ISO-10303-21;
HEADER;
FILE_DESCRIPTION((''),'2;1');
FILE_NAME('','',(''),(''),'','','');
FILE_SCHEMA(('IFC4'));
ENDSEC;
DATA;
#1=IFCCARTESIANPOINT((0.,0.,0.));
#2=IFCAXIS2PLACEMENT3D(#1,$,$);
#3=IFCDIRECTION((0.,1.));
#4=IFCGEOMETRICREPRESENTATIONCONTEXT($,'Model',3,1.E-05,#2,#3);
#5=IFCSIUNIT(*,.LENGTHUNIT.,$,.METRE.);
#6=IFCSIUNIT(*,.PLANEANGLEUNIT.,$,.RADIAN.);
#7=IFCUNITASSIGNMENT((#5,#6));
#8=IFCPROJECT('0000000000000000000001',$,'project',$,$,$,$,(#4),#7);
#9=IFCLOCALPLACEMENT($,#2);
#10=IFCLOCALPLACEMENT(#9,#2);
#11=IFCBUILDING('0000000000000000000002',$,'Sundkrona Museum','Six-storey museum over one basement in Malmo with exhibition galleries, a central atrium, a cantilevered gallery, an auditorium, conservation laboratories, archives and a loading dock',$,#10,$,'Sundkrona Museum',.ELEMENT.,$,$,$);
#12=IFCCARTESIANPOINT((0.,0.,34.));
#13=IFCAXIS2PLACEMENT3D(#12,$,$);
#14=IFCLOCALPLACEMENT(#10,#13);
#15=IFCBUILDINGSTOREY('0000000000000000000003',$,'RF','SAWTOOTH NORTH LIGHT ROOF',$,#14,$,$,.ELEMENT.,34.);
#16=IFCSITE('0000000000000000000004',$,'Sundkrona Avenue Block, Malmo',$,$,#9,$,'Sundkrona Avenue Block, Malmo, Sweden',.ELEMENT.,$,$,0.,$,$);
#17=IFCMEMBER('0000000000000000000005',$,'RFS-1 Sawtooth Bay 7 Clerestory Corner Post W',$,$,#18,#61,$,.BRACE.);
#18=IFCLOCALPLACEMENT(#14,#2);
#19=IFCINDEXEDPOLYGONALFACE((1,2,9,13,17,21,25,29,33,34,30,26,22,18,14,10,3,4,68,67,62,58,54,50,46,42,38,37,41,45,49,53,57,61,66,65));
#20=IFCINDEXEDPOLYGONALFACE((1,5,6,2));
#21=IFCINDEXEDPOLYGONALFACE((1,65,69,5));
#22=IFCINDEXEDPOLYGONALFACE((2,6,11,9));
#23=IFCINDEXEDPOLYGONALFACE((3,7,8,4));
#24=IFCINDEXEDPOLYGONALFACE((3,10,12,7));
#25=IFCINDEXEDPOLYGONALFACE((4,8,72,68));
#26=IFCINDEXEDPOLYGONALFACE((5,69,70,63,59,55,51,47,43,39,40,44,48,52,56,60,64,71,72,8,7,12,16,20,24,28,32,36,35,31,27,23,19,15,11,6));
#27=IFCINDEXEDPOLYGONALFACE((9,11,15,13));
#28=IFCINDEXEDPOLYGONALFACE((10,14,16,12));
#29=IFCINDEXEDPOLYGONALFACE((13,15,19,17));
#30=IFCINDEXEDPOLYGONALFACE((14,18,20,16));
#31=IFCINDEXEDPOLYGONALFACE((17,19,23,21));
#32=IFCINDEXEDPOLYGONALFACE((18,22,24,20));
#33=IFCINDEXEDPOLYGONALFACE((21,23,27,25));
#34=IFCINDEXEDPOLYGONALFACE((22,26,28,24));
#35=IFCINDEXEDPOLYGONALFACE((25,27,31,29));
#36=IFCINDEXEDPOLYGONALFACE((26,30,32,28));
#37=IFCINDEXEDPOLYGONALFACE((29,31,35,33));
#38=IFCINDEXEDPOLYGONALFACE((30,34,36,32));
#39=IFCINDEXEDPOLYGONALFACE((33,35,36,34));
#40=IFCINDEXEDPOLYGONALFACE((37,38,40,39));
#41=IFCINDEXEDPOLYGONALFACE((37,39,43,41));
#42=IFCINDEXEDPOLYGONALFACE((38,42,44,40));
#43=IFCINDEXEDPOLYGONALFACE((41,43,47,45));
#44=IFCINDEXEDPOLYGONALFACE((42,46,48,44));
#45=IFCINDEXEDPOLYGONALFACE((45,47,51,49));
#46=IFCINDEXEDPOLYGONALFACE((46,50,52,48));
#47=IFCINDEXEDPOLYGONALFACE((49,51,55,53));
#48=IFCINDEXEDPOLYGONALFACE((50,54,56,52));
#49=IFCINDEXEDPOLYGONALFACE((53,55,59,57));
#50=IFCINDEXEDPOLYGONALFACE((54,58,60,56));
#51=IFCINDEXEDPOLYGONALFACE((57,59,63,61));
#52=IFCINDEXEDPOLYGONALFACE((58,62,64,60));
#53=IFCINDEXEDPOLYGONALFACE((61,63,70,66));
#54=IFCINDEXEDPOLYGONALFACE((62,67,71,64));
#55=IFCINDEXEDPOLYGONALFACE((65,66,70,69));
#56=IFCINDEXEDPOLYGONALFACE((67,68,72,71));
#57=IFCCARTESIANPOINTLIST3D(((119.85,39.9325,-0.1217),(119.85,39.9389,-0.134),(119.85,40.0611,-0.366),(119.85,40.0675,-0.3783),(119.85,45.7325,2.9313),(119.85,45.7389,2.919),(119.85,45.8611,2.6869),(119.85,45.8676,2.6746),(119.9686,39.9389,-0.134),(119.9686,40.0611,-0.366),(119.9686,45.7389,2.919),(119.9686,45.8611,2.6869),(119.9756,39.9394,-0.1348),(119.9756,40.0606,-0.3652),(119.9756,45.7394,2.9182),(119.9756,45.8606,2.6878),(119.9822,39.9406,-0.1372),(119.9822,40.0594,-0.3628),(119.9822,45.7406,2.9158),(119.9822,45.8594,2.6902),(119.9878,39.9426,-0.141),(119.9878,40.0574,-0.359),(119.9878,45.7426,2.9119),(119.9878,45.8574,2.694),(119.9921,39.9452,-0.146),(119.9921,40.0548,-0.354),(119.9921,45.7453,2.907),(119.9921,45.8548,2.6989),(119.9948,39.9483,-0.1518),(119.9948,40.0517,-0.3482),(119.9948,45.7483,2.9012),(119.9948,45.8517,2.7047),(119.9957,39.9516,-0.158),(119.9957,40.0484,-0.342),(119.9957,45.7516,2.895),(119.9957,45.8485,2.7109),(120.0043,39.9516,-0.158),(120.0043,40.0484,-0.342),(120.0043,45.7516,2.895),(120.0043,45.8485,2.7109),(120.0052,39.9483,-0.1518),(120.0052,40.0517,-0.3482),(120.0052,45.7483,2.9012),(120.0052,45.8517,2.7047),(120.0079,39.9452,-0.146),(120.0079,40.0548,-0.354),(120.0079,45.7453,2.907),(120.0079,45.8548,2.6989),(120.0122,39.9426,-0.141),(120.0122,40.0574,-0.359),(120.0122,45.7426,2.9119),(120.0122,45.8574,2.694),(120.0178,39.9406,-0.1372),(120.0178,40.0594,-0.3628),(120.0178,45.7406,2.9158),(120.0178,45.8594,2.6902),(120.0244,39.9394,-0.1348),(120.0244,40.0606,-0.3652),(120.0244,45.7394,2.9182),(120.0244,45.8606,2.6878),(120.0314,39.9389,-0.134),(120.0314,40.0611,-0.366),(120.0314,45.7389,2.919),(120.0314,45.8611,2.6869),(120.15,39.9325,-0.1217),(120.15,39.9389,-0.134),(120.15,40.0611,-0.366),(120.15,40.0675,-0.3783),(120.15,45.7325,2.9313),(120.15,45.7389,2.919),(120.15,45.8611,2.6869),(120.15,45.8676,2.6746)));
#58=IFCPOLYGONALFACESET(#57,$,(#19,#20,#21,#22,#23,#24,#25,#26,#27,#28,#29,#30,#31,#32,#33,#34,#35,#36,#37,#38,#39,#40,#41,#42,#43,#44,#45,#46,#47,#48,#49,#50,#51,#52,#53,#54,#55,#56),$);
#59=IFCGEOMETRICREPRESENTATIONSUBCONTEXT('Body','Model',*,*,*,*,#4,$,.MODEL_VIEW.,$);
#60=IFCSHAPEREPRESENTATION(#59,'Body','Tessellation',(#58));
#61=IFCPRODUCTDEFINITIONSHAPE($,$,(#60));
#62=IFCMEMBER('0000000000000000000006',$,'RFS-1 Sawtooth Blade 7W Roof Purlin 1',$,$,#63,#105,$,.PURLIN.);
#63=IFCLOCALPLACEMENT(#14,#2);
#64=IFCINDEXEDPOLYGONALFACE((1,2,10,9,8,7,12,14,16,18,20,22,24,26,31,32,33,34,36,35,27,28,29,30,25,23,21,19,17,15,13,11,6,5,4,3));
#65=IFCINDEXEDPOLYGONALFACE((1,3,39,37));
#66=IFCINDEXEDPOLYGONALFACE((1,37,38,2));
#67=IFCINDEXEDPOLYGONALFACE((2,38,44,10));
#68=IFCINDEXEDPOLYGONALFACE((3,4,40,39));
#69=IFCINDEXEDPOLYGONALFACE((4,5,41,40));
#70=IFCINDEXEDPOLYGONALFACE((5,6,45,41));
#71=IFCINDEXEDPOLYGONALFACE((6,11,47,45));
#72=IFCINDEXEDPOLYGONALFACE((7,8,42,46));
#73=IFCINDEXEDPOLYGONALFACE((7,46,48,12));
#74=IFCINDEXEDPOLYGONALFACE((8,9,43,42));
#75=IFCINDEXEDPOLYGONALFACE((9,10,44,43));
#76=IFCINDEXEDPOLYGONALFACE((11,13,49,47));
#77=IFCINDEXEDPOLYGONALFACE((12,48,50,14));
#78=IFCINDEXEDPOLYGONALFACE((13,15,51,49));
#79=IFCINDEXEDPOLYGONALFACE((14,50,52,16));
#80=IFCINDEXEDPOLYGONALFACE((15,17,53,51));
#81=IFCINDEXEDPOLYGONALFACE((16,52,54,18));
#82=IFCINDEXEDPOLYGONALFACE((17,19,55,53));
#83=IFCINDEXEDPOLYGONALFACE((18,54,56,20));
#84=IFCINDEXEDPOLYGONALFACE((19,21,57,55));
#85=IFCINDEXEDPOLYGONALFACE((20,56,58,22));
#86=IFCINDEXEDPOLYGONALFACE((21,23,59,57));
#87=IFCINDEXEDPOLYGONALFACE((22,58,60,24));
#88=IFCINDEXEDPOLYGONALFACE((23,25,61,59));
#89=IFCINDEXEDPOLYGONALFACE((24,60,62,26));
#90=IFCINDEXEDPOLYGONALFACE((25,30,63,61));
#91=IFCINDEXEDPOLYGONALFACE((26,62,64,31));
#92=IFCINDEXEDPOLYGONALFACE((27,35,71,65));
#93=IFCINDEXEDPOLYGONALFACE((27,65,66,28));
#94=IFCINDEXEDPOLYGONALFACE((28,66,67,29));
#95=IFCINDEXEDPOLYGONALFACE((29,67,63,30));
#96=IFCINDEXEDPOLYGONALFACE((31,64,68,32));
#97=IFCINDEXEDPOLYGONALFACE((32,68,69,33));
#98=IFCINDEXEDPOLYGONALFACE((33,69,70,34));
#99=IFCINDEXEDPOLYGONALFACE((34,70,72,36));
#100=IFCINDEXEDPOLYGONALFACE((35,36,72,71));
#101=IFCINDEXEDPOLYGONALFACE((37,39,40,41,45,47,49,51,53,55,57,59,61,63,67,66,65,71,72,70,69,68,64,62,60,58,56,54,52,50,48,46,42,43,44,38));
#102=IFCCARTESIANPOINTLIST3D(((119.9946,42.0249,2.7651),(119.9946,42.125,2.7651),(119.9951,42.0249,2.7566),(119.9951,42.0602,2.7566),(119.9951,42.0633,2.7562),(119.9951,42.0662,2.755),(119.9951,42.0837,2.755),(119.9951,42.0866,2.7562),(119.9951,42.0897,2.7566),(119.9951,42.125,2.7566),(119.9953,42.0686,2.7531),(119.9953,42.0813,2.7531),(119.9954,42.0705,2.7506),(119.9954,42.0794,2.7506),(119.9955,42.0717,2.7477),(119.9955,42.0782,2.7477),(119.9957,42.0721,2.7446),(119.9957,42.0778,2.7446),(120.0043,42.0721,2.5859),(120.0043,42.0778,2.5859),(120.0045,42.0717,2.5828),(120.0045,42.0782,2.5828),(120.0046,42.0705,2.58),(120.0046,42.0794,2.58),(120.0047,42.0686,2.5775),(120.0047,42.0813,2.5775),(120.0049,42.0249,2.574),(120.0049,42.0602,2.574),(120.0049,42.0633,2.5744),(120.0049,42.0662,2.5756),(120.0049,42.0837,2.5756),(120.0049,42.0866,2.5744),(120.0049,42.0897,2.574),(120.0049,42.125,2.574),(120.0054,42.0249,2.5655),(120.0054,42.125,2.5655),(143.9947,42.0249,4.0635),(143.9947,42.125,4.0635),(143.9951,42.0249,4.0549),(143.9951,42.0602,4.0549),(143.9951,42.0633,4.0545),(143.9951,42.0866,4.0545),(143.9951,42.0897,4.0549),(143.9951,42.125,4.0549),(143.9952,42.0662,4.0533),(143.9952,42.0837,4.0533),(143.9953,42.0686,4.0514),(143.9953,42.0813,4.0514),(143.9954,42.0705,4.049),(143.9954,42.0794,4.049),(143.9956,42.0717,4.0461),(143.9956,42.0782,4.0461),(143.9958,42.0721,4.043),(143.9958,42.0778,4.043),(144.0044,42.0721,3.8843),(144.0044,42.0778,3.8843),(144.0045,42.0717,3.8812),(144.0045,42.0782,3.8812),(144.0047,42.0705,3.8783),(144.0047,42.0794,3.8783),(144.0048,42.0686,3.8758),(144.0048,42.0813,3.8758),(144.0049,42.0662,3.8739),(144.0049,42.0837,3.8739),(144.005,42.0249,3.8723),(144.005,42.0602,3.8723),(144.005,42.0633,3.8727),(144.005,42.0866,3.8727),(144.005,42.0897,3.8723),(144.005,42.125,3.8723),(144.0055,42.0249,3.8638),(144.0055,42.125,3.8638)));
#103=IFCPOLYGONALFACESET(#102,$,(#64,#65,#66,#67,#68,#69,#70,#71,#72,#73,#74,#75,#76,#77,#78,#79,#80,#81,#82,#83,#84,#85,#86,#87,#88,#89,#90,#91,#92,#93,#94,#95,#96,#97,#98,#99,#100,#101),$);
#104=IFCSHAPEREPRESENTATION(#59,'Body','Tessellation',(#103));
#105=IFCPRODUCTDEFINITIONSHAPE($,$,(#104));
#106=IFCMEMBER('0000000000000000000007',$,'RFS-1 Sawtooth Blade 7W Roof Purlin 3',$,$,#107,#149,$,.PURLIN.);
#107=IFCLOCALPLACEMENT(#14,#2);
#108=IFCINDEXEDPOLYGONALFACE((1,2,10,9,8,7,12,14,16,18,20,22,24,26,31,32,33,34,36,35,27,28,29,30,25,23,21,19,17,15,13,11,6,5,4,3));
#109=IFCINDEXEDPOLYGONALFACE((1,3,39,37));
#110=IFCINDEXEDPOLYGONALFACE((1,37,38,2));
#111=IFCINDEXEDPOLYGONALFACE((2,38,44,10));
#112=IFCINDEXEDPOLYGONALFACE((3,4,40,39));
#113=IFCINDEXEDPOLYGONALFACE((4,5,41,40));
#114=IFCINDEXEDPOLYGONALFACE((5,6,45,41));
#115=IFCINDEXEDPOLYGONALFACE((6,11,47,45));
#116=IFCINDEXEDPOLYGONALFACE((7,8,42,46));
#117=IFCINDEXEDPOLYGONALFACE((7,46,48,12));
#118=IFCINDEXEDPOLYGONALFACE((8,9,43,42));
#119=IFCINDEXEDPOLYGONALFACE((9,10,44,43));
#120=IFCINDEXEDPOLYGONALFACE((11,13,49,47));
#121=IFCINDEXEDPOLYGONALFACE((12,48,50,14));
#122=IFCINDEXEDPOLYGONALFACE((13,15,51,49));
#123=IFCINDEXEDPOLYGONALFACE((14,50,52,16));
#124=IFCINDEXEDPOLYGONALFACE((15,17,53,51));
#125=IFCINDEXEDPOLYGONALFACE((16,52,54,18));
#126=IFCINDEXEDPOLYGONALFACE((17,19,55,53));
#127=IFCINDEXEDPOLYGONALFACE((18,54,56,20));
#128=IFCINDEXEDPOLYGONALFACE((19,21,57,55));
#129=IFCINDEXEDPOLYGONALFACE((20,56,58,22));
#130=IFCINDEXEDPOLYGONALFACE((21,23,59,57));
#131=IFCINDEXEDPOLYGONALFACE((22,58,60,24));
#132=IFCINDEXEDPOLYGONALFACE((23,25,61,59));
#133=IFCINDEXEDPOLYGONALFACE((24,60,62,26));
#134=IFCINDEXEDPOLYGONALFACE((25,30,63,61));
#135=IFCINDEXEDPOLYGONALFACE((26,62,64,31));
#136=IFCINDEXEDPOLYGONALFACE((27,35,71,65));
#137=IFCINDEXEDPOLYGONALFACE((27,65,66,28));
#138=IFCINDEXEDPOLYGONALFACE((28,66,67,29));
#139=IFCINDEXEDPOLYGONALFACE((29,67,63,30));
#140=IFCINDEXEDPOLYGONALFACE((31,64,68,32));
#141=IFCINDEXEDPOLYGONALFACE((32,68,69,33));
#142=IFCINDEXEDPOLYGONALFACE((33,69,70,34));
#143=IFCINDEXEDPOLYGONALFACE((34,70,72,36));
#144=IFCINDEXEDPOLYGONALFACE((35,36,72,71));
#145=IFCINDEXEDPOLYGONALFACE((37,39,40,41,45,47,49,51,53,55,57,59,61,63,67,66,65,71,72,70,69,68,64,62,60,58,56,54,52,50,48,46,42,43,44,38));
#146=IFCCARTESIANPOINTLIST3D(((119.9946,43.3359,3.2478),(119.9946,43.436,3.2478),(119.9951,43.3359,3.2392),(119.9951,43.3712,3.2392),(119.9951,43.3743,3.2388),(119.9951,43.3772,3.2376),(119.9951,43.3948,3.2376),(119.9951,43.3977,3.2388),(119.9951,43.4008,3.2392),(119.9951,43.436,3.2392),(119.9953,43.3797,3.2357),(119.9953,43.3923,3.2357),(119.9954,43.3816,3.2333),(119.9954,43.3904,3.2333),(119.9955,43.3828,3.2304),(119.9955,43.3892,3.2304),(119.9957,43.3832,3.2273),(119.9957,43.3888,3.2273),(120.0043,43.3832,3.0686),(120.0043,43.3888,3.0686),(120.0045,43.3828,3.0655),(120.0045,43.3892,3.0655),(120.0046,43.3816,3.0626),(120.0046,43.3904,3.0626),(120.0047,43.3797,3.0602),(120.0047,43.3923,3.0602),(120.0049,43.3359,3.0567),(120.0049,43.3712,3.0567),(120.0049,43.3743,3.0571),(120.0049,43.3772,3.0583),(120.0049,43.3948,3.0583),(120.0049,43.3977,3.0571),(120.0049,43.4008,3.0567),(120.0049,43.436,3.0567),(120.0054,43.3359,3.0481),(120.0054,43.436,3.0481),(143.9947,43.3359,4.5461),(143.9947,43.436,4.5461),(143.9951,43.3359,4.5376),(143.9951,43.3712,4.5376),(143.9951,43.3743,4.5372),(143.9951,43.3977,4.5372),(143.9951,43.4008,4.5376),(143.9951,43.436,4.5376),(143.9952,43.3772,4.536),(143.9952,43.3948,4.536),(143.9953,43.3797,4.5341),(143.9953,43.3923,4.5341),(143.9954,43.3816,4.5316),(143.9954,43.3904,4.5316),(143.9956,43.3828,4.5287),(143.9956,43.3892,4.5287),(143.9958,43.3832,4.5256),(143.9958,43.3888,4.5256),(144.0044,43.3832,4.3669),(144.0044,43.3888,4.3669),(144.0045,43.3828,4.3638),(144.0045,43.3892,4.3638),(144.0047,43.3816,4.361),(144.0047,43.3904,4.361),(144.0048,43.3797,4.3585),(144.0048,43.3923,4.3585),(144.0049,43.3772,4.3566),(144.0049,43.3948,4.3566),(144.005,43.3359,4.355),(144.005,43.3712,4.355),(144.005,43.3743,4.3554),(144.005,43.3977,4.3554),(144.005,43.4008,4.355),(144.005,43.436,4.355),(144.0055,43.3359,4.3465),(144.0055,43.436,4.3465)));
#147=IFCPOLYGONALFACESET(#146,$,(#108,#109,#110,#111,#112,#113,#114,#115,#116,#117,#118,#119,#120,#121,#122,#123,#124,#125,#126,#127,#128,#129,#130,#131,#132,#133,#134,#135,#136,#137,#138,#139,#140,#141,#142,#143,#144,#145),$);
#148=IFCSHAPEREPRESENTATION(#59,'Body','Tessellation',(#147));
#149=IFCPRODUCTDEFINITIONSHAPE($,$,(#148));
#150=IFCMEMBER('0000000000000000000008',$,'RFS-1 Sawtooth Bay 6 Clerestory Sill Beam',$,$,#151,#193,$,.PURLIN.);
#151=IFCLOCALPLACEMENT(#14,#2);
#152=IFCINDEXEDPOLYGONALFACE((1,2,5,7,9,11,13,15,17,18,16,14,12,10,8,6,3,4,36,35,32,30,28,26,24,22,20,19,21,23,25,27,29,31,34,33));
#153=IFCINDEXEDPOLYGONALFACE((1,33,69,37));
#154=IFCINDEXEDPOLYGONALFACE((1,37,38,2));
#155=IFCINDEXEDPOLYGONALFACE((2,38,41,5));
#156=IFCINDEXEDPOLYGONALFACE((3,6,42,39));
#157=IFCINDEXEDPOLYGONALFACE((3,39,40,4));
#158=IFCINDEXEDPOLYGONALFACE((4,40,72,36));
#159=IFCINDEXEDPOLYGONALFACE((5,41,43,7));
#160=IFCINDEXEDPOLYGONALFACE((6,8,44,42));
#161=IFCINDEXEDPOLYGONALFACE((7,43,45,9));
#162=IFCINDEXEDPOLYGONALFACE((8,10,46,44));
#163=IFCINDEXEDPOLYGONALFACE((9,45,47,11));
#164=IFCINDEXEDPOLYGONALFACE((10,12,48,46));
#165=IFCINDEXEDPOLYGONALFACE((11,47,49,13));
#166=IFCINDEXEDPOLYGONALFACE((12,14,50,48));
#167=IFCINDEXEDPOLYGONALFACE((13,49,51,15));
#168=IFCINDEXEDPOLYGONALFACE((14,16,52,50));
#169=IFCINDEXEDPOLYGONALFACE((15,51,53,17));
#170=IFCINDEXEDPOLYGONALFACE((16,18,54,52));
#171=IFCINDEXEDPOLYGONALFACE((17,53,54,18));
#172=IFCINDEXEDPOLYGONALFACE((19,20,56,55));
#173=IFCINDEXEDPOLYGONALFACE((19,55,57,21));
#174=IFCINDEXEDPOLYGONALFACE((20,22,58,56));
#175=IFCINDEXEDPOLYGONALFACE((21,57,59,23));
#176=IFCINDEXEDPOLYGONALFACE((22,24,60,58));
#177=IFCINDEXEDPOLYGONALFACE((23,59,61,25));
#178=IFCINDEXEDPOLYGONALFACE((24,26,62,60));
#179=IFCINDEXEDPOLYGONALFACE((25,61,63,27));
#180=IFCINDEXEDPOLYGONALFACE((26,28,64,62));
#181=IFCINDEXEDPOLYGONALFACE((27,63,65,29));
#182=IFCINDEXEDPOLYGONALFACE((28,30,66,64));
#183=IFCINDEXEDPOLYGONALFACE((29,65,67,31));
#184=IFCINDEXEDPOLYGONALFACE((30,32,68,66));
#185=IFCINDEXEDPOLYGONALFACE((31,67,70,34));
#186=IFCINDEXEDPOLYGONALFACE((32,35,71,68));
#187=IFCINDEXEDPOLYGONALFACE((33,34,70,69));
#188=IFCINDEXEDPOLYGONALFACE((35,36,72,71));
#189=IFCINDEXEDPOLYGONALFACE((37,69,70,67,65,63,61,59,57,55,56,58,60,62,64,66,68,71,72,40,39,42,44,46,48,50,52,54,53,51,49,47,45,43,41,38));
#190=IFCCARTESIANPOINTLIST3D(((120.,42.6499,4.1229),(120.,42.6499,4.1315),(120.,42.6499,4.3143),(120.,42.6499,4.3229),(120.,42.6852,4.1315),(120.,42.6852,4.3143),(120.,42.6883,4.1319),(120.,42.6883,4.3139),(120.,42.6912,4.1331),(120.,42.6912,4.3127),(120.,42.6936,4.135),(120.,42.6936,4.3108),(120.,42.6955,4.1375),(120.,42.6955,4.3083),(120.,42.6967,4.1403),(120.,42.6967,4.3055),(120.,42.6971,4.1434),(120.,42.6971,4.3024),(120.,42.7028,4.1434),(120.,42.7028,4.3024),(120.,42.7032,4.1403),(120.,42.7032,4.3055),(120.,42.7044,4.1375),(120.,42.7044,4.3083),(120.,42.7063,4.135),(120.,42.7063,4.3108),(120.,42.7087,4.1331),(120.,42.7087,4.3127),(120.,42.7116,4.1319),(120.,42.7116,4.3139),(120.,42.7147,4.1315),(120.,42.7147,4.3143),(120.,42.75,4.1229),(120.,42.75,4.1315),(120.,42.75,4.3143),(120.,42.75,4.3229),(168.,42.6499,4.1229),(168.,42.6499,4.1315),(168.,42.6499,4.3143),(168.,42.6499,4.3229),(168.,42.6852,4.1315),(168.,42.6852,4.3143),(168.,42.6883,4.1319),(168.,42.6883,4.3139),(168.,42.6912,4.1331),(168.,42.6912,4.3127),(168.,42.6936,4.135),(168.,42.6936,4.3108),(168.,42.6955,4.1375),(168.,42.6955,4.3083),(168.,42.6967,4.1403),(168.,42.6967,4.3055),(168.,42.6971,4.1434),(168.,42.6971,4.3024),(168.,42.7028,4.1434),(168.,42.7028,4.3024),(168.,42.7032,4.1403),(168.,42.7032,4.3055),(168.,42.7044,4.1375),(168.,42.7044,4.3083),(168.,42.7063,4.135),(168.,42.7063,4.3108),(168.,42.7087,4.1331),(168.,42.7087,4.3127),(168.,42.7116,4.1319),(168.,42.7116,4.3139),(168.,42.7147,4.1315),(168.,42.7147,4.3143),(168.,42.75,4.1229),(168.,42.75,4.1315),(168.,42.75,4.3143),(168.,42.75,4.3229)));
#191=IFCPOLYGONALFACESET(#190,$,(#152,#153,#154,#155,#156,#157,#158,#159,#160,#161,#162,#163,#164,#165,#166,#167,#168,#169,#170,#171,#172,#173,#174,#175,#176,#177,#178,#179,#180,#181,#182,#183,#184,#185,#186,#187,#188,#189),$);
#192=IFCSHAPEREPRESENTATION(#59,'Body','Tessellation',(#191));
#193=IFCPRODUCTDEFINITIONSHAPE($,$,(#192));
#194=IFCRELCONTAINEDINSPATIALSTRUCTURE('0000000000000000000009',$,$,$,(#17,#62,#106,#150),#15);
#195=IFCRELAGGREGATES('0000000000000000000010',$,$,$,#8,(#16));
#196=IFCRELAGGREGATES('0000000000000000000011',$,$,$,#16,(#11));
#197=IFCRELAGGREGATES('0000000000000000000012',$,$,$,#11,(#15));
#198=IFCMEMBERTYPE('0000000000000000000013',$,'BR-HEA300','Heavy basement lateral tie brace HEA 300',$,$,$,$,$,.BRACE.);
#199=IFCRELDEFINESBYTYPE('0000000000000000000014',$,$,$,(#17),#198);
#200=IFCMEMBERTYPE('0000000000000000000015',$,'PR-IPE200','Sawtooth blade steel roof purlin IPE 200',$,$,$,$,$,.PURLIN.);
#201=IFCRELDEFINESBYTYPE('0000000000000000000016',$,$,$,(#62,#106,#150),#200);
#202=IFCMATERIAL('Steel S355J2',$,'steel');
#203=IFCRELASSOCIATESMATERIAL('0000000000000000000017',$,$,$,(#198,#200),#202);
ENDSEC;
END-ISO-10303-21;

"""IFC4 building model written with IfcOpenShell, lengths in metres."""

from ifc_helpers import new_model, si_unit, direction, frame, origin, origin_2d, place, context, subcontext, project, spatial, i_section, extrude, material, material_profile, profile_set, type_object, element, save


model = new_model("IFC4")

# Units and contexts
model_context = context("Model", 3, precision=1e-05, world=origin(), true_north=direction((0.0, 1.0)))
body_context = subcontext(model_context, "Body", "Model", "MODEL_VIEW")
ifc_project = project(units=[si_unit("LENGTHUNIT", "METRE"), si_unit("PLANEANGLEUNIT", "RADIAN")], contexts=[model_context])

# Site, building, storey
site_placement = place(None, origin())
site = spatial("IfcSite", under=ifc_project, at=site_placement, Name="Sundkrona Avenue Block, Malmo", LongName="Sundkrona Avenue Block, Malmo, Sweden", CompositionType="ELEMENT", RefElevation=0.0)
building_placement = place(site_placement, origin())
building = spatial("IfcBuilding", under=site, at=building_placement, Name="Sundkrona Museum", Description="Six-storey museum over one basement in Malmo with exhibition galleries, a central atrium, a cantilevered gallery, an auditorium, conservation laboratories, archives and a loading dock", LongName="Sundkrona Museum", CompositionType="ELEMENT")
storey_placement = place(building_placement, frame((0.0, 0.0, 34.0)))
storey = spatial("IfcBuildingStorey", under=building, at=storey_placement, Name="RF", Description="SAWTOOTH NORTH LIGHT ROOF", CompositionType="ELEMENT", Elevation=34.0)

# Members
ifc_material_1 = material(Name="Steel S355J2", Category="steel")
ifc_material_profile_1 = material_profile(ifc_material_1, i_section(OverallWidth=0.3, OverallDepth=0.29, WebThickness=0.0085, FlangeThickness=0.0139, FilletRadius=0.0271, at=origin_2d()), Name="HEA 300")
ifc_profile_set_1 = profile_set([ifc_material_profile_1], Name="Steel S355J2")
member_type_1 = type_object("IfcMemberType", Name="BR-HEA300", Description="Heavy basement lateral tie brace HEA 300", PredefinedType="BRACE", material=ifc_profile_set_1)
member_1_placement = place(storey_placement, frame((120.0, 40.0, -0.25), z_axis=(0.0, 0.884898, 0.465785), x_axis=(-1.0, 0.0, 0.0)))
element("IfcMember", 1, at=member_1_placement, inside=storey, type_object=member_type_1, Name="RFS-1 Sawtooth Bay 7 Clerestory Corner Post W", PredefinedType="BRACE", context=body_context, shape_type="SweptSolid", body=[
    extrude(i_section(OverallWidth=0.3, OverallDepth=0.29, WebThickness=0.0085, FlangeThickness=0.0139, FilletRadius=0.0271, at=origin_2d()), origin(), (0.0, 0.0, 1.0), 6.5544),
])
ifc_material_profile_2 = material_profile(ifc_material_1, i_section(OverallWidth=0.1001, OverallDepth=0.2, WebThickness=0.0056, FlangeThickness=0.0085, FilletRadius=0.012, at=origin_2d()), Name="IPE 200")
ifc_profile_set_2 = profile_set([ifc_material_profile_2], Name="Steel S355J2")
member_type_2 = type_object("IfcMemberType", Name="PR-IPE200", Description="Sawtooth blade steel roof purlin IPE 200", PredefinedType="PURLIN", material=ifc_profile_set_2)
for number, where, z_axis, x_axis, name in (
    (2, (120.0, 42.075, 2.6653), (0.99854, 0.0, 0.054019), (0.0, 1.0, 0.0), "RFS-1 Sawtooth Blade 7W Roof Purlin 1"),
    (3, (120.0, 43.386, 3.1479), (0.99854, 0.0, 0.054019), (0.0, 1.0, 0.0), "RFS-1 Sawtooth Blade 7W Roof Purlin 3"),
):
    element("IfcMember", number, at=place(storey_placement, frame(where, z_axis=z_axis, x_axis=x_axis)), inside=storey, type_object=member_type_2, Name=name, PredefinedType="PURLIN", context=body_context, shape_type="SweptSolid", body=[
        extrude(i_section(OverallWidth=0.1001, OverallDepth=0.2, WebThickness=0.0056, FlangeThickness=0.0085, FilletRadius=0.012, at=origin_2d()), origin(), (0.0, 0.0, 1.0), 24.0352),
    ])
for number, where, z_axis, x_axis, name in (
    (4, (120.0, 42.7, 4.2229), (1.0, 0.0, 0.0), (0.0, 1.0, 0.0), "RFS-1 Sawtooth Bay 6 Clerestory Sill Beam"),
):
    element("IfcMember", number, at=place(storey_placement, frame(where, z_axis=z_axis, x_axis=x_axis)), inside=storey, type_object=member_type_2, Name=name, PredefinedType="PURLIN", context=body_context, shape_type="SweptSolid", body=[
        extrude(i_section(OverallWidth=0.1001, OverallDepth=0.2, WebThickness=0.0056, FlangeThickness=0.0085, FilletRadius=0.012, at=origin_2d()), origin(), (0.0, 0.0, 1.0), 48.0),
    ])

save(model, "model.ifc")
